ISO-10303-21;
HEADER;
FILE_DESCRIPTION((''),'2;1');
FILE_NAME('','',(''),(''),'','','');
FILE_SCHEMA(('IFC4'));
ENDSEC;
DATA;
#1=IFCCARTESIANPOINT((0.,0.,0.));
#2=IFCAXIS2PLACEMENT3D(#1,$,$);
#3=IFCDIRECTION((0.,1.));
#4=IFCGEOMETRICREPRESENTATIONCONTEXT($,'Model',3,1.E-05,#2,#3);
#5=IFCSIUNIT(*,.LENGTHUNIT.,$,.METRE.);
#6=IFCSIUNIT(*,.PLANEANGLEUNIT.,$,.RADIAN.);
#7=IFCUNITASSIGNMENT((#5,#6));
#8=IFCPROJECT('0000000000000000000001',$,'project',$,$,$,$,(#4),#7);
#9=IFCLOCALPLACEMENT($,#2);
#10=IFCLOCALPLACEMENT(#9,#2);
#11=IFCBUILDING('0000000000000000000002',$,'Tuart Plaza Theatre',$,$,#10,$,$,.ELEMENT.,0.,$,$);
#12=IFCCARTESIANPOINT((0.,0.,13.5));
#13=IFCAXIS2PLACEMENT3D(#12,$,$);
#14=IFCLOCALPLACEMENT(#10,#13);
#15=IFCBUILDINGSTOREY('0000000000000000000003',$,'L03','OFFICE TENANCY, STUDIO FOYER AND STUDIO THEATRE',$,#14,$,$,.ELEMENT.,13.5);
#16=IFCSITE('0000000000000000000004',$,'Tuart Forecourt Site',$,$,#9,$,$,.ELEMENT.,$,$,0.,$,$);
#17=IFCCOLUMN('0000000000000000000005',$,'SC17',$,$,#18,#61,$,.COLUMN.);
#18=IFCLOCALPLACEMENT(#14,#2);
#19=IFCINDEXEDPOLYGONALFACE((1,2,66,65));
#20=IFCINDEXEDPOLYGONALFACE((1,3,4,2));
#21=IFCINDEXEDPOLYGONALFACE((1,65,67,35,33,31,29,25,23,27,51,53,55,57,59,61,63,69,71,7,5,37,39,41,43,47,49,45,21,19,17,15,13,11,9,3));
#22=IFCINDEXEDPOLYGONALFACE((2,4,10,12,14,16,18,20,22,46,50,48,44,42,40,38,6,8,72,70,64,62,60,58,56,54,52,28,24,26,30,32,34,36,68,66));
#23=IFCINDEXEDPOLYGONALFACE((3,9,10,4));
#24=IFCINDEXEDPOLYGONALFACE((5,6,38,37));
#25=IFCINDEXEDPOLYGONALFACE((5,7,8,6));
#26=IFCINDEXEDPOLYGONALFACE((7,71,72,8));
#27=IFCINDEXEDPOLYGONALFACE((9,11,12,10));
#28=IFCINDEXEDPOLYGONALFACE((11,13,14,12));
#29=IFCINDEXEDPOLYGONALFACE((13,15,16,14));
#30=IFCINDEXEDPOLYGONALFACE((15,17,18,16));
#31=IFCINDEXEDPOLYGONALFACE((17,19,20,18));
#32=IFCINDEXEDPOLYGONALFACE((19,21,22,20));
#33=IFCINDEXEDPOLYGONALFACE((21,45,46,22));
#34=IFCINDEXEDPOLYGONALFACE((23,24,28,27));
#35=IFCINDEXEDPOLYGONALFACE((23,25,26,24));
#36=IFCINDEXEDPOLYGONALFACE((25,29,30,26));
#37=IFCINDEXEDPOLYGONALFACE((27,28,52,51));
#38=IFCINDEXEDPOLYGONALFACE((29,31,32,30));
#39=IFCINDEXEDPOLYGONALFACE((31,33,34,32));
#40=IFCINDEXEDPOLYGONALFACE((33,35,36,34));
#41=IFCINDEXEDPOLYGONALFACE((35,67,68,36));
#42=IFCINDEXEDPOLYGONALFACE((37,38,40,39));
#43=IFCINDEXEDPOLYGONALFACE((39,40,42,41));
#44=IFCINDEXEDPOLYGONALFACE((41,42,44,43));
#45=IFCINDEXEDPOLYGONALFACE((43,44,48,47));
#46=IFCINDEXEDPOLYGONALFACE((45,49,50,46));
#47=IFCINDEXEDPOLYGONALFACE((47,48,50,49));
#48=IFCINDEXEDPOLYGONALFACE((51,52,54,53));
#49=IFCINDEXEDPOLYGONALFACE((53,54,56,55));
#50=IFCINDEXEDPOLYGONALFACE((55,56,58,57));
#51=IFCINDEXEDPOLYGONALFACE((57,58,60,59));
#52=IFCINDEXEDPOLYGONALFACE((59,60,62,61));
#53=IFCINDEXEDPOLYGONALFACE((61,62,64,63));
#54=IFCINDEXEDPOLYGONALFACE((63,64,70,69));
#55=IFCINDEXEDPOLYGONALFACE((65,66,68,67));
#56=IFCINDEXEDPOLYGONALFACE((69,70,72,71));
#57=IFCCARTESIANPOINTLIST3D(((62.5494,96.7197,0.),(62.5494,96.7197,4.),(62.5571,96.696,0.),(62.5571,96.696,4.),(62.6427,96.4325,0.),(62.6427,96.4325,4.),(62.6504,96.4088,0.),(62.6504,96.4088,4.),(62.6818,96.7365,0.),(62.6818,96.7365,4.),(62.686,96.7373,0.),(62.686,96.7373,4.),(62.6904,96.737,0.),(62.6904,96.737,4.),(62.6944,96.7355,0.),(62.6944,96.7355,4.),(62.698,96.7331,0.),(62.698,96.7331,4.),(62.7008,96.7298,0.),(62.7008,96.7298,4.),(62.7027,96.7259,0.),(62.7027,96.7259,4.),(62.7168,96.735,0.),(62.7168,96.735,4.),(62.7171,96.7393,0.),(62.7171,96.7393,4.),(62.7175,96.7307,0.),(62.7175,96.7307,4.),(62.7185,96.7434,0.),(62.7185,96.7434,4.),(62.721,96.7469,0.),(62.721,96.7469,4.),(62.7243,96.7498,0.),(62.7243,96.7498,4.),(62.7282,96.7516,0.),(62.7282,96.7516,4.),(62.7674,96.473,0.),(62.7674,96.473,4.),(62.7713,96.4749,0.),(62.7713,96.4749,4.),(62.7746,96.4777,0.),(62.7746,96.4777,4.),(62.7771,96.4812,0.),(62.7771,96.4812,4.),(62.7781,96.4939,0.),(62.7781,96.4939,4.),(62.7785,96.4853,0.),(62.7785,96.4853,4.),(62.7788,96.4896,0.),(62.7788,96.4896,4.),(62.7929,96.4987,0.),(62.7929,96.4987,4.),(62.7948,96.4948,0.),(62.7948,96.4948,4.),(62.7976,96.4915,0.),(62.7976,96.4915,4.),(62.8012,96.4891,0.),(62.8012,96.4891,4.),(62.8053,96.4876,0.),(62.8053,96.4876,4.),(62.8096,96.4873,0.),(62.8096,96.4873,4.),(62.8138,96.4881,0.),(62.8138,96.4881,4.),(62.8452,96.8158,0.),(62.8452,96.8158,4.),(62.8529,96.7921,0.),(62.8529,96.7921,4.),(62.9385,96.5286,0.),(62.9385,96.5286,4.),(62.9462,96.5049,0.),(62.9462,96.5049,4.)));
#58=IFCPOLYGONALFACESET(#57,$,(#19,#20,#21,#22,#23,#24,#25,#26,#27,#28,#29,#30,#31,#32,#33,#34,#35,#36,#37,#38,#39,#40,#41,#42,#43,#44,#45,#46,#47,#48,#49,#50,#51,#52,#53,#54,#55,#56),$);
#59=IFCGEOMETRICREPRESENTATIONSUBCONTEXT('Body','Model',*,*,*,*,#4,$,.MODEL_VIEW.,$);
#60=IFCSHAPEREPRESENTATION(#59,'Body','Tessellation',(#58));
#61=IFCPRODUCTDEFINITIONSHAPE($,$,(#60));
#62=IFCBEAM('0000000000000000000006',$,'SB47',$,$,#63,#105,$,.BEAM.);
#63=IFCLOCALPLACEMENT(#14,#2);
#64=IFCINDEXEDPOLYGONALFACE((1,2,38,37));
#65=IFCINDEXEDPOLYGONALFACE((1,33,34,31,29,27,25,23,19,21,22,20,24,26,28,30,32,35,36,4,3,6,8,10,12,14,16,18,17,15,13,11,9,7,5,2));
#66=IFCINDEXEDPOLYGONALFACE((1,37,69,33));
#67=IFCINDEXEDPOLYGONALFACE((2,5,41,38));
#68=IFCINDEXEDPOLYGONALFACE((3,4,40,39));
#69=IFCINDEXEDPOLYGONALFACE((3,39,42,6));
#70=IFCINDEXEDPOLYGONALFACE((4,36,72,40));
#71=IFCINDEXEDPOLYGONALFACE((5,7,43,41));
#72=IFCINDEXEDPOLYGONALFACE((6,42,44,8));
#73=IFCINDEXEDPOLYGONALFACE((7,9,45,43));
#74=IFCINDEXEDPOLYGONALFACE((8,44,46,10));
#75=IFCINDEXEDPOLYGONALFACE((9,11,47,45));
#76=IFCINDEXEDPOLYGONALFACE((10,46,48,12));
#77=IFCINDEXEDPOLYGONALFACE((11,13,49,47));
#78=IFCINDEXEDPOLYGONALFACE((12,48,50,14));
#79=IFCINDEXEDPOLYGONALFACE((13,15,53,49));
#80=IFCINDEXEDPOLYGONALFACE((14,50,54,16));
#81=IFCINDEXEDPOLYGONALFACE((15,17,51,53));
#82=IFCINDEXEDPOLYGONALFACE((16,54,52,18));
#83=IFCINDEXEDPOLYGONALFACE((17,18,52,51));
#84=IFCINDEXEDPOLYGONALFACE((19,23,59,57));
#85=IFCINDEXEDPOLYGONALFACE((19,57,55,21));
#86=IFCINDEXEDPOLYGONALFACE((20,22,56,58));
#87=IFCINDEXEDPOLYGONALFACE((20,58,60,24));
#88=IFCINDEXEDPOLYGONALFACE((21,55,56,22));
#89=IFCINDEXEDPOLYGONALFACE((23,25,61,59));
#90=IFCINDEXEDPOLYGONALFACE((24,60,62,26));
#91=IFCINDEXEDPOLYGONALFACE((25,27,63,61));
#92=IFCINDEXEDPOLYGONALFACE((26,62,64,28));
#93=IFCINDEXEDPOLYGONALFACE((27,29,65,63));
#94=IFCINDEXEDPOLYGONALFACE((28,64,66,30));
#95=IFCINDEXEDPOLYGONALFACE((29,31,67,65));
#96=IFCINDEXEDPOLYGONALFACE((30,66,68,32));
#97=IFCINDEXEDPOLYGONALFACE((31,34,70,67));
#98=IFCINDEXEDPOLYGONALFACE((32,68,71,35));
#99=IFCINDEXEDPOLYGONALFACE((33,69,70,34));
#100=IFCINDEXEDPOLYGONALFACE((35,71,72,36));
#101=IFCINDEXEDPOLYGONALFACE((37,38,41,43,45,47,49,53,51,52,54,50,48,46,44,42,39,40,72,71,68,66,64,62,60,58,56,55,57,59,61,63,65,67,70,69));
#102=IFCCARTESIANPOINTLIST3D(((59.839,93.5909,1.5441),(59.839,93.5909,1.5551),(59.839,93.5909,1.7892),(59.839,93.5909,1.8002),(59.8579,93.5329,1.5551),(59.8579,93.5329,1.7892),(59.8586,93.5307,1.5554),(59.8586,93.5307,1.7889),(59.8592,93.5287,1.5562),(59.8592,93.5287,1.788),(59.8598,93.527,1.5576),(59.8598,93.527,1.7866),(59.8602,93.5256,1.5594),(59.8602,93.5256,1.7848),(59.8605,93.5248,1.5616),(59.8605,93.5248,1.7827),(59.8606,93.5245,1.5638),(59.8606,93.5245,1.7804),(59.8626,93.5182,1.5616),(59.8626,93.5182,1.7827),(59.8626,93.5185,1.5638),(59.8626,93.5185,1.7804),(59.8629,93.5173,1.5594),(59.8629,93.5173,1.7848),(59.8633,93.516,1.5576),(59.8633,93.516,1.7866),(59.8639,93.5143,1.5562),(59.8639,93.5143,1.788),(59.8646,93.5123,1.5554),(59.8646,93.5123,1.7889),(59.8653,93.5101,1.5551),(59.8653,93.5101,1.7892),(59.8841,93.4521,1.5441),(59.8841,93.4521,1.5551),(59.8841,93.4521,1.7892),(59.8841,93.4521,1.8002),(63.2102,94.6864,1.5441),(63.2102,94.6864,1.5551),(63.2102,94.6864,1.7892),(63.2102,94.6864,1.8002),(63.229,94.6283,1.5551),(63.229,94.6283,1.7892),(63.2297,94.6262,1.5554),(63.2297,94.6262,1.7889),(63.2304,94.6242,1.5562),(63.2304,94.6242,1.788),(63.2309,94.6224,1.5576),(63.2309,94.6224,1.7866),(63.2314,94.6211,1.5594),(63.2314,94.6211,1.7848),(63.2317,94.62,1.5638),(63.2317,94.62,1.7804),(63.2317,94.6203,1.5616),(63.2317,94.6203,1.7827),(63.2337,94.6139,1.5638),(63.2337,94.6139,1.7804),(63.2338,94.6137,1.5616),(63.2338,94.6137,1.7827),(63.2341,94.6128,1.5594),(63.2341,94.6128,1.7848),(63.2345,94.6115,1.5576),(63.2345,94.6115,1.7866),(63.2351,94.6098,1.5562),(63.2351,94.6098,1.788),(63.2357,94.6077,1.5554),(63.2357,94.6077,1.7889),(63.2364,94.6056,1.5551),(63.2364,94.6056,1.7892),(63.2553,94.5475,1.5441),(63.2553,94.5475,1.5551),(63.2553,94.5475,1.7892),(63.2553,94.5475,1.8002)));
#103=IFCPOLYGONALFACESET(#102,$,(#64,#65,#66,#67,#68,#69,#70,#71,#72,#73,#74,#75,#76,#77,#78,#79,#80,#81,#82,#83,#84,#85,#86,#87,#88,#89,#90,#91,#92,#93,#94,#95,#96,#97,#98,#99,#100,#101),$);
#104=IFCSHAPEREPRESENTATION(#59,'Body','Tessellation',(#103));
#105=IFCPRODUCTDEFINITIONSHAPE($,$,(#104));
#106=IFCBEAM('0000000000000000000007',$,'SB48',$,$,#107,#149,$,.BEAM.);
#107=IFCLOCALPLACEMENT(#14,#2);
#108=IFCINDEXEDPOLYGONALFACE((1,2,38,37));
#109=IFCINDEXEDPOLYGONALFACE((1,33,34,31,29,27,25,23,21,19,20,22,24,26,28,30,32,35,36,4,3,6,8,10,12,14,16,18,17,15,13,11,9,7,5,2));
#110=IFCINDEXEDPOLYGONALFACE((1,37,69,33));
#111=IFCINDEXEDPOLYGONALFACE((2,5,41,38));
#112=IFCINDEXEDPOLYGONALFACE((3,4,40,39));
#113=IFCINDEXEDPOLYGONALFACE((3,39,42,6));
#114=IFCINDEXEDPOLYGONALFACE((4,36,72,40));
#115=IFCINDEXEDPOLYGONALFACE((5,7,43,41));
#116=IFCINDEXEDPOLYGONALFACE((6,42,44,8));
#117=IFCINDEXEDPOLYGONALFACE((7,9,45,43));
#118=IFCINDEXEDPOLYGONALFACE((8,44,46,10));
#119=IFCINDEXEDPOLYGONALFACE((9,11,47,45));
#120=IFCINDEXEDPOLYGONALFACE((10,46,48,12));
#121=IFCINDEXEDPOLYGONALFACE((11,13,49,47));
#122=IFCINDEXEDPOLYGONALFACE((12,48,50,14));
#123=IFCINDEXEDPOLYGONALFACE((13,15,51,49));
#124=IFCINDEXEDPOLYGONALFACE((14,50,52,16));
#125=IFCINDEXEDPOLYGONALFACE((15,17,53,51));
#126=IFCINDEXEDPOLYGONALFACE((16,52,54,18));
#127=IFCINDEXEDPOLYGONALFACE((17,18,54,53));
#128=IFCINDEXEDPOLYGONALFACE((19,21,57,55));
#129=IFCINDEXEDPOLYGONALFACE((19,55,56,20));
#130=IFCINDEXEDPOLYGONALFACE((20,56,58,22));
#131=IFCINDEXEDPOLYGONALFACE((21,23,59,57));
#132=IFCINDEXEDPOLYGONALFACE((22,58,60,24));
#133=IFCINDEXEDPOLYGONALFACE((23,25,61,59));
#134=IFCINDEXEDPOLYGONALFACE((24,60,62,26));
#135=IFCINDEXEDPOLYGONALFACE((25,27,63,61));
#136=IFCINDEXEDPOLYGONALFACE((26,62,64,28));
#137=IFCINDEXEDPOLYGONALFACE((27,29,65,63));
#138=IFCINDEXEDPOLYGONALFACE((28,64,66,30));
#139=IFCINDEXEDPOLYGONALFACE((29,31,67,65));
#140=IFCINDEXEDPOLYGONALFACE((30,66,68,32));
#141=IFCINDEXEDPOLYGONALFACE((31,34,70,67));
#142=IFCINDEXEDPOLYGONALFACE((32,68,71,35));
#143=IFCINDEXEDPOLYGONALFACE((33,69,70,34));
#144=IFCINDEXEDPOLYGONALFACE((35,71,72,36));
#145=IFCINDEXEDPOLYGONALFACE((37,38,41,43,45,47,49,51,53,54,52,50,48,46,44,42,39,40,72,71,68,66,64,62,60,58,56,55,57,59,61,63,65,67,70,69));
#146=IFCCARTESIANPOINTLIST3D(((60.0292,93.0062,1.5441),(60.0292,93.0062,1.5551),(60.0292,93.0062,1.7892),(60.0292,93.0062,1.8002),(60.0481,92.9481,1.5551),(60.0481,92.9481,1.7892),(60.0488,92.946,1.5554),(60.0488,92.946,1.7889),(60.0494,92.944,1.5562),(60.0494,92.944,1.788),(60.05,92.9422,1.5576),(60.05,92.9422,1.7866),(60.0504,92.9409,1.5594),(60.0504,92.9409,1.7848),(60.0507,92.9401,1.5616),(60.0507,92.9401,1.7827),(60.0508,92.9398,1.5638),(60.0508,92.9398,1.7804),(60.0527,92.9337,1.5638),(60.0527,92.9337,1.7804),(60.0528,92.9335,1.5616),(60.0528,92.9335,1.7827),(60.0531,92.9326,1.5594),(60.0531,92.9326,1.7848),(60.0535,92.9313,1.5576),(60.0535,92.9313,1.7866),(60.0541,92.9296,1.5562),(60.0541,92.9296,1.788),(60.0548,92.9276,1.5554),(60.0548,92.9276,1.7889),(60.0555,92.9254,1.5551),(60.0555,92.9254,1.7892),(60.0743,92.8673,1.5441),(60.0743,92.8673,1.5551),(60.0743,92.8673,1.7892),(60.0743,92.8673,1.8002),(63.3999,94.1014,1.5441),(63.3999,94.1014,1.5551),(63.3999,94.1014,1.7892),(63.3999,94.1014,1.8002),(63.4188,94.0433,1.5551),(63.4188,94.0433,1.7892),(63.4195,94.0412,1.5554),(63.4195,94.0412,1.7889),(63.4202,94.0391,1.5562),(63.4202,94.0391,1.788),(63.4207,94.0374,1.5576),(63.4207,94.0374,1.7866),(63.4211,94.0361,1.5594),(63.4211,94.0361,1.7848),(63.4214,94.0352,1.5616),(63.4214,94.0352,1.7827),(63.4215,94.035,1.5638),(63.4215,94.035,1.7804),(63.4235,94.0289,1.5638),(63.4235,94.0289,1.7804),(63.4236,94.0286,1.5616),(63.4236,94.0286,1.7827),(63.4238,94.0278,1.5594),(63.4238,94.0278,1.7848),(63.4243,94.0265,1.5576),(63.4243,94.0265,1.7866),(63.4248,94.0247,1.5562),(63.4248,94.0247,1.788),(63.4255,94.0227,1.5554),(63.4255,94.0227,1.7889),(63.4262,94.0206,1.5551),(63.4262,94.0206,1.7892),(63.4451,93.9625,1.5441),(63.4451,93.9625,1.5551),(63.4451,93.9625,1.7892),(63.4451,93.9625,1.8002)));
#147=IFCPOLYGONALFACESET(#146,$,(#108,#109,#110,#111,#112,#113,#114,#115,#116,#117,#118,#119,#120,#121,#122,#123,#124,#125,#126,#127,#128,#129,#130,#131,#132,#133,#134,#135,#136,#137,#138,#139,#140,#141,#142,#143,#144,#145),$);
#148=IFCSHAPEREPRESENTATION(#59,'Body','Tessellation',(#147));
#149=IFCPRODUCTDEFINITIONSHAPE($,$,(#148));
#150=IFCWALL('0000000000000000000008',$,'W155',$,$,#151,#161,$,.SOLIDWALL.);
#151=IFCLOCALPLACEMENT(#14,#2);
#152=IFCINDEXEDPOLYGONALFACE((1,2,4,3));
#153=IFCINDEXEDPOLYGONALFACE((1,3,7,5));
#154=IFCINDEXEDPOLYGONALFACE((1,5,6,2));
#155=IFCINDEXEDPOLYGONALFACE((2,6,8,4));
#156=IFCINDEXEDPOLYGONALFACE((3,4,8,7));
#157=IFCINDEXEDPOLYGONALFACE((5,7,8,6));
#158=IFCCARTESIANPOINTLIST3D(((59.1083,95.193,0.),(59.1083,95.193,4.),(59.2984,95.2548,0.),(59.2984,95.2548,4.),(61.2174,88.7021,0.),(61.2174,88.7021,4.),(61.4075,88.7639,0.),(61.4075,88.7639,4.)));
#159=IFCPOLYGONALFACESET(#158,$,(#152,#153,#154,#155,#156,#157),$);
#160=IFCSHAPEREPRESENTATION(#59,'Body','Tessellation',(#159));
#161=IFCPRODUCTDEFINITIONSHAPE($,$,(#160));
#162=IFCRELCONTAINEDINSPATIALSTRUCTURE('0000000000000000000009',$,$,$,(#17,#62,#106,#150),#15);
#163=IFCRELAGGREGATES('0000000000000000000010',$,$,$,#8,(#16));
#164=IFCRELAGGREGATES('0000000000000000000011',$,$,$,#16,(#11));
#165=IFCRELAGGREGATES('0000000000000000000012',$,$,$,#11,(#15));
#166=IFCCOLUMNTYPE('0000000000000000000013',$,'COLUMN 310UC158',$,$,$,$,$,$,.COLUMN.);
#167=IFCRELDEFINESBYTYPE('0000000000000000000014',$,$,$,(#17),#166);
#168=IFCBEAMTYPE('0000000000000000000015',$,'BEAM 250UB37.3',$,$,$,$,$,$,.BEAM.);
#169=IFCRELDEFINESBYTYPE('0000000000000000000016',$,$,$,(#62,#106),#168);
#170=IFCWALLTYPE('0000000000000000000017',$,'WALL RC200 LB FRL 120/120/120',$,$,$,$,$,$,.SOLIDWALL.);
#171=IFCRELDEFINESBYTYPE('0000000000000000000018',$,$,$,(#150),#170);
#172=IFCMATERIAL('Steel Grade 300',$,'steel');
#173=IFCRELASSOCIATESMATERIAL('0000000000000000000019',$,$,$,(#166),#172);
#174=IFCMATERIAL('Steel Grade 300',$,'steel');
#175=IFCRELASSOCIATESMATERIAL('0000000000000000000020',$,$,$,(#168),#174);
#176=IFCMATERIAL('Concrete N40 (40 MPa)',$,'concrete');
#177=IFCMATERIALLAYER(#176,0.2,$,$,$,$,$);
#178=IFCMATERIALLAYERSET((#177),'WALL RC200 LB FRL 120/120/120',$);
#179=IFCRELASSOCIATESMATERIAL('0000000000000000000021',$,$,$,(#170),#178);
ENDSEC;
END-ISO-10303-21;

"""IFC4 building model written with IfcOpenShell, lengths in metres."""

from ifc_helpers import new_model, si_unit, direction, frame, frame_2d, origin, origin_2d, place, context, subcontext, project, spatial, rectangle, i_section, extrude, material, layer, layer_set, material_profile, profile_set, type_object, element, save


model = new_model("IFC4")

# Units and contexts
model_context = context("Model", 3, precision=1e-05, world=origin(), true_north=direction((0.0, 1.0)))
body_context = subcontext(model_context, "Body", "Model", "MODEL_VIEW")
ifc_project = project(units=[si_unit("LENGTHUNIT", "METRE"), si_unit("PLANEANGLEUNIT", "RADIAN")], contexts=[model_context])

# Site, building, storey
site_placement = place(None, origin())
site = spatial("IfcSite", under=ifc_project, at=site_placement, Name="Tuart Forecourt Site", CompositionType="ELEMENT", RefElevation=0.0)
building_placement = place(site_placement, origin())
building = spatial("IfcBuilding", under=site, at=building_placement, Name="Tuart Plaza Theatre", CompositionType="ELEMENT", ElevationOfRefHeight=0.0)
storey_placement = place(building_placement, frame((0.0, 0.0, 13.5)))
storey = spatial("IfcBuildingStorey", under=building, at=storey_placement, Name="L03", Description="OFFICE TENANCY, STUDIO FOYER AND STUDIO THEATRE", CompositionType="ELEMENT", Elevation=13.5)

# Column
ifc_material_1 = material(Name="Steel Grade 300", Category="steel")
ifc_material_profile_1 = material_profile(ifc_material_1, i_section(OverallWidth=0.311, OverallDepth=0.3269, WebThickness=0.0156, FlangeThickness=0.0249, FilletRadius=0.0166, at=origin_2d()), Name="310UC158")
ifc_profile_set_1 = profile_set([ifc_material_profile_1], Name="Steel Grade 300")
column_type = type_object("IfcColumnType", Name="COLUMN 310UC158", PredefinedType="COLUMN", material=ifc_profile_set_1)
for number, where, z_axis, x_axis, name in (
    (1, (62.7478, 96.6123, 0.0), (0.0, 0.0, 1.0), (0.951057, 0.309017, 0.0), "SC17"),
):
    element("IfcColumn", number, at=place(storey_placement, frame(where, z_axis=z_axis, x_axis=x_axis)), inside=storey, type_object=column_type, Name=name, PredefinedType="COLUMN", context=body_context, shape_type="SweptSolid", body=[
        extrude(i_section(OverallWidth=0.311, OverallDepth=0.3269, WebThickness=0.0156, FlangeThickness=0.0249, FilletRadius=0.0166, at=origin_2d()), origin(), (0.0, 0.0, 1.0), 4.0),
    ])

# Beams
ifc_material_2 = material(Name="Steel Grade 300", Category="steel")
ifc_material_profile_2 = material_profile(ifc_material_2, i_section(OverallWidth=0.146, OverallDepth=0.2561, WebThickness=0.0063, FlangeThickness=0.011, FilletRadius=0.0088, at=origin_2d()), Name="250UB37.3")
ifc_profile_set_2 = profile_set([ifc_material_profile_2], Name="Steel Grade 300")
beam_type = type_object("IfcBeamType", Name="BEAM 250UB37.3", PredefinedType="BEAM", material=ifc_profile_set_2)
beam_1_placement = place(storey_placement, frame((59.8616, 93.5215, 1.6721), z_axis=(0.951046, 0.309049, 0.0), x_axis=(-0.309049, 0.951046, 0.0)))
element("IfcBeam", 2, at=beam_1_placement, inside=storey, type_object=beam_type, Name="SB47", PredefinedType="BEAM", context=body_context, shape_type="SweptSolid", body=[
    extrude(i_section(OverallWidth=0.146, OverallDepth=0.2561, WebThickness=0.0063, FlangeThickness=0.011, FilletRadius=0.0088, at=origin_2d()), origin(), (0.0, 0.0, 1.0), 3.5447),
])
beam_2_placement = place(storey_placement, frame((60.0518, 92.9368, 1.6721), z_axis=(0.95106, 0.309007, 0.0), x_axis=(-0.309007, 0.95106, 0.0)))
element("IfcBeam", 3, at=beam_2_placement, inside=storey, type_object=beam_type, Name="SB48", PredefinedType="BEAM", context=body_context, shape_type="SweptSolid", body=[
    extrude(i_section(OverallWidth=0.146, OverallDepth=0.2561, WebThickness=0.0063, FlangeThickness=0.011, FilletRadius=0.0088, at=origin_2d()), origin(), (0.0, 0.0, 1.0), 3.5442),
])

# Wall
ifc_material_3 = material(Name="Concrete N40 (40 MPa)", Category="concrete")
ifc_layer = layer(ifc_material_3, 0.2)
ifc_layer_set = layer_set([ifc_layer], Name="WALL RC200 LB FRL 120/120/120")
wall_type = type_object("IfcWallType", Name="WALL RC200 LB FRL 120/120/120", PredefinedType="SOLIDWALL", material=ifc_layer_set)
wall_placement = place(storey_placement, frame((61.3125, 88.7329, 0.0), z_axis=(0.0, 0.0, 1.0), x_axis=(-0.309029, 0.951053, 0.0)))
element("IfcWall", 4, at=wall_placement, inside=storey, type_object=wall_type, Name="W155", PredefinedType="SOLIDWALL", context=body_context, shape_type="SweptSolid", body=[
    extrude(rectangle(XDim=6.825, YDim=0.2, at=frame_2d((3.4126, 0.0))), origin(), (0.0, 0.0, 1.0), 4.0),
])

save(model, "model.ifc")
